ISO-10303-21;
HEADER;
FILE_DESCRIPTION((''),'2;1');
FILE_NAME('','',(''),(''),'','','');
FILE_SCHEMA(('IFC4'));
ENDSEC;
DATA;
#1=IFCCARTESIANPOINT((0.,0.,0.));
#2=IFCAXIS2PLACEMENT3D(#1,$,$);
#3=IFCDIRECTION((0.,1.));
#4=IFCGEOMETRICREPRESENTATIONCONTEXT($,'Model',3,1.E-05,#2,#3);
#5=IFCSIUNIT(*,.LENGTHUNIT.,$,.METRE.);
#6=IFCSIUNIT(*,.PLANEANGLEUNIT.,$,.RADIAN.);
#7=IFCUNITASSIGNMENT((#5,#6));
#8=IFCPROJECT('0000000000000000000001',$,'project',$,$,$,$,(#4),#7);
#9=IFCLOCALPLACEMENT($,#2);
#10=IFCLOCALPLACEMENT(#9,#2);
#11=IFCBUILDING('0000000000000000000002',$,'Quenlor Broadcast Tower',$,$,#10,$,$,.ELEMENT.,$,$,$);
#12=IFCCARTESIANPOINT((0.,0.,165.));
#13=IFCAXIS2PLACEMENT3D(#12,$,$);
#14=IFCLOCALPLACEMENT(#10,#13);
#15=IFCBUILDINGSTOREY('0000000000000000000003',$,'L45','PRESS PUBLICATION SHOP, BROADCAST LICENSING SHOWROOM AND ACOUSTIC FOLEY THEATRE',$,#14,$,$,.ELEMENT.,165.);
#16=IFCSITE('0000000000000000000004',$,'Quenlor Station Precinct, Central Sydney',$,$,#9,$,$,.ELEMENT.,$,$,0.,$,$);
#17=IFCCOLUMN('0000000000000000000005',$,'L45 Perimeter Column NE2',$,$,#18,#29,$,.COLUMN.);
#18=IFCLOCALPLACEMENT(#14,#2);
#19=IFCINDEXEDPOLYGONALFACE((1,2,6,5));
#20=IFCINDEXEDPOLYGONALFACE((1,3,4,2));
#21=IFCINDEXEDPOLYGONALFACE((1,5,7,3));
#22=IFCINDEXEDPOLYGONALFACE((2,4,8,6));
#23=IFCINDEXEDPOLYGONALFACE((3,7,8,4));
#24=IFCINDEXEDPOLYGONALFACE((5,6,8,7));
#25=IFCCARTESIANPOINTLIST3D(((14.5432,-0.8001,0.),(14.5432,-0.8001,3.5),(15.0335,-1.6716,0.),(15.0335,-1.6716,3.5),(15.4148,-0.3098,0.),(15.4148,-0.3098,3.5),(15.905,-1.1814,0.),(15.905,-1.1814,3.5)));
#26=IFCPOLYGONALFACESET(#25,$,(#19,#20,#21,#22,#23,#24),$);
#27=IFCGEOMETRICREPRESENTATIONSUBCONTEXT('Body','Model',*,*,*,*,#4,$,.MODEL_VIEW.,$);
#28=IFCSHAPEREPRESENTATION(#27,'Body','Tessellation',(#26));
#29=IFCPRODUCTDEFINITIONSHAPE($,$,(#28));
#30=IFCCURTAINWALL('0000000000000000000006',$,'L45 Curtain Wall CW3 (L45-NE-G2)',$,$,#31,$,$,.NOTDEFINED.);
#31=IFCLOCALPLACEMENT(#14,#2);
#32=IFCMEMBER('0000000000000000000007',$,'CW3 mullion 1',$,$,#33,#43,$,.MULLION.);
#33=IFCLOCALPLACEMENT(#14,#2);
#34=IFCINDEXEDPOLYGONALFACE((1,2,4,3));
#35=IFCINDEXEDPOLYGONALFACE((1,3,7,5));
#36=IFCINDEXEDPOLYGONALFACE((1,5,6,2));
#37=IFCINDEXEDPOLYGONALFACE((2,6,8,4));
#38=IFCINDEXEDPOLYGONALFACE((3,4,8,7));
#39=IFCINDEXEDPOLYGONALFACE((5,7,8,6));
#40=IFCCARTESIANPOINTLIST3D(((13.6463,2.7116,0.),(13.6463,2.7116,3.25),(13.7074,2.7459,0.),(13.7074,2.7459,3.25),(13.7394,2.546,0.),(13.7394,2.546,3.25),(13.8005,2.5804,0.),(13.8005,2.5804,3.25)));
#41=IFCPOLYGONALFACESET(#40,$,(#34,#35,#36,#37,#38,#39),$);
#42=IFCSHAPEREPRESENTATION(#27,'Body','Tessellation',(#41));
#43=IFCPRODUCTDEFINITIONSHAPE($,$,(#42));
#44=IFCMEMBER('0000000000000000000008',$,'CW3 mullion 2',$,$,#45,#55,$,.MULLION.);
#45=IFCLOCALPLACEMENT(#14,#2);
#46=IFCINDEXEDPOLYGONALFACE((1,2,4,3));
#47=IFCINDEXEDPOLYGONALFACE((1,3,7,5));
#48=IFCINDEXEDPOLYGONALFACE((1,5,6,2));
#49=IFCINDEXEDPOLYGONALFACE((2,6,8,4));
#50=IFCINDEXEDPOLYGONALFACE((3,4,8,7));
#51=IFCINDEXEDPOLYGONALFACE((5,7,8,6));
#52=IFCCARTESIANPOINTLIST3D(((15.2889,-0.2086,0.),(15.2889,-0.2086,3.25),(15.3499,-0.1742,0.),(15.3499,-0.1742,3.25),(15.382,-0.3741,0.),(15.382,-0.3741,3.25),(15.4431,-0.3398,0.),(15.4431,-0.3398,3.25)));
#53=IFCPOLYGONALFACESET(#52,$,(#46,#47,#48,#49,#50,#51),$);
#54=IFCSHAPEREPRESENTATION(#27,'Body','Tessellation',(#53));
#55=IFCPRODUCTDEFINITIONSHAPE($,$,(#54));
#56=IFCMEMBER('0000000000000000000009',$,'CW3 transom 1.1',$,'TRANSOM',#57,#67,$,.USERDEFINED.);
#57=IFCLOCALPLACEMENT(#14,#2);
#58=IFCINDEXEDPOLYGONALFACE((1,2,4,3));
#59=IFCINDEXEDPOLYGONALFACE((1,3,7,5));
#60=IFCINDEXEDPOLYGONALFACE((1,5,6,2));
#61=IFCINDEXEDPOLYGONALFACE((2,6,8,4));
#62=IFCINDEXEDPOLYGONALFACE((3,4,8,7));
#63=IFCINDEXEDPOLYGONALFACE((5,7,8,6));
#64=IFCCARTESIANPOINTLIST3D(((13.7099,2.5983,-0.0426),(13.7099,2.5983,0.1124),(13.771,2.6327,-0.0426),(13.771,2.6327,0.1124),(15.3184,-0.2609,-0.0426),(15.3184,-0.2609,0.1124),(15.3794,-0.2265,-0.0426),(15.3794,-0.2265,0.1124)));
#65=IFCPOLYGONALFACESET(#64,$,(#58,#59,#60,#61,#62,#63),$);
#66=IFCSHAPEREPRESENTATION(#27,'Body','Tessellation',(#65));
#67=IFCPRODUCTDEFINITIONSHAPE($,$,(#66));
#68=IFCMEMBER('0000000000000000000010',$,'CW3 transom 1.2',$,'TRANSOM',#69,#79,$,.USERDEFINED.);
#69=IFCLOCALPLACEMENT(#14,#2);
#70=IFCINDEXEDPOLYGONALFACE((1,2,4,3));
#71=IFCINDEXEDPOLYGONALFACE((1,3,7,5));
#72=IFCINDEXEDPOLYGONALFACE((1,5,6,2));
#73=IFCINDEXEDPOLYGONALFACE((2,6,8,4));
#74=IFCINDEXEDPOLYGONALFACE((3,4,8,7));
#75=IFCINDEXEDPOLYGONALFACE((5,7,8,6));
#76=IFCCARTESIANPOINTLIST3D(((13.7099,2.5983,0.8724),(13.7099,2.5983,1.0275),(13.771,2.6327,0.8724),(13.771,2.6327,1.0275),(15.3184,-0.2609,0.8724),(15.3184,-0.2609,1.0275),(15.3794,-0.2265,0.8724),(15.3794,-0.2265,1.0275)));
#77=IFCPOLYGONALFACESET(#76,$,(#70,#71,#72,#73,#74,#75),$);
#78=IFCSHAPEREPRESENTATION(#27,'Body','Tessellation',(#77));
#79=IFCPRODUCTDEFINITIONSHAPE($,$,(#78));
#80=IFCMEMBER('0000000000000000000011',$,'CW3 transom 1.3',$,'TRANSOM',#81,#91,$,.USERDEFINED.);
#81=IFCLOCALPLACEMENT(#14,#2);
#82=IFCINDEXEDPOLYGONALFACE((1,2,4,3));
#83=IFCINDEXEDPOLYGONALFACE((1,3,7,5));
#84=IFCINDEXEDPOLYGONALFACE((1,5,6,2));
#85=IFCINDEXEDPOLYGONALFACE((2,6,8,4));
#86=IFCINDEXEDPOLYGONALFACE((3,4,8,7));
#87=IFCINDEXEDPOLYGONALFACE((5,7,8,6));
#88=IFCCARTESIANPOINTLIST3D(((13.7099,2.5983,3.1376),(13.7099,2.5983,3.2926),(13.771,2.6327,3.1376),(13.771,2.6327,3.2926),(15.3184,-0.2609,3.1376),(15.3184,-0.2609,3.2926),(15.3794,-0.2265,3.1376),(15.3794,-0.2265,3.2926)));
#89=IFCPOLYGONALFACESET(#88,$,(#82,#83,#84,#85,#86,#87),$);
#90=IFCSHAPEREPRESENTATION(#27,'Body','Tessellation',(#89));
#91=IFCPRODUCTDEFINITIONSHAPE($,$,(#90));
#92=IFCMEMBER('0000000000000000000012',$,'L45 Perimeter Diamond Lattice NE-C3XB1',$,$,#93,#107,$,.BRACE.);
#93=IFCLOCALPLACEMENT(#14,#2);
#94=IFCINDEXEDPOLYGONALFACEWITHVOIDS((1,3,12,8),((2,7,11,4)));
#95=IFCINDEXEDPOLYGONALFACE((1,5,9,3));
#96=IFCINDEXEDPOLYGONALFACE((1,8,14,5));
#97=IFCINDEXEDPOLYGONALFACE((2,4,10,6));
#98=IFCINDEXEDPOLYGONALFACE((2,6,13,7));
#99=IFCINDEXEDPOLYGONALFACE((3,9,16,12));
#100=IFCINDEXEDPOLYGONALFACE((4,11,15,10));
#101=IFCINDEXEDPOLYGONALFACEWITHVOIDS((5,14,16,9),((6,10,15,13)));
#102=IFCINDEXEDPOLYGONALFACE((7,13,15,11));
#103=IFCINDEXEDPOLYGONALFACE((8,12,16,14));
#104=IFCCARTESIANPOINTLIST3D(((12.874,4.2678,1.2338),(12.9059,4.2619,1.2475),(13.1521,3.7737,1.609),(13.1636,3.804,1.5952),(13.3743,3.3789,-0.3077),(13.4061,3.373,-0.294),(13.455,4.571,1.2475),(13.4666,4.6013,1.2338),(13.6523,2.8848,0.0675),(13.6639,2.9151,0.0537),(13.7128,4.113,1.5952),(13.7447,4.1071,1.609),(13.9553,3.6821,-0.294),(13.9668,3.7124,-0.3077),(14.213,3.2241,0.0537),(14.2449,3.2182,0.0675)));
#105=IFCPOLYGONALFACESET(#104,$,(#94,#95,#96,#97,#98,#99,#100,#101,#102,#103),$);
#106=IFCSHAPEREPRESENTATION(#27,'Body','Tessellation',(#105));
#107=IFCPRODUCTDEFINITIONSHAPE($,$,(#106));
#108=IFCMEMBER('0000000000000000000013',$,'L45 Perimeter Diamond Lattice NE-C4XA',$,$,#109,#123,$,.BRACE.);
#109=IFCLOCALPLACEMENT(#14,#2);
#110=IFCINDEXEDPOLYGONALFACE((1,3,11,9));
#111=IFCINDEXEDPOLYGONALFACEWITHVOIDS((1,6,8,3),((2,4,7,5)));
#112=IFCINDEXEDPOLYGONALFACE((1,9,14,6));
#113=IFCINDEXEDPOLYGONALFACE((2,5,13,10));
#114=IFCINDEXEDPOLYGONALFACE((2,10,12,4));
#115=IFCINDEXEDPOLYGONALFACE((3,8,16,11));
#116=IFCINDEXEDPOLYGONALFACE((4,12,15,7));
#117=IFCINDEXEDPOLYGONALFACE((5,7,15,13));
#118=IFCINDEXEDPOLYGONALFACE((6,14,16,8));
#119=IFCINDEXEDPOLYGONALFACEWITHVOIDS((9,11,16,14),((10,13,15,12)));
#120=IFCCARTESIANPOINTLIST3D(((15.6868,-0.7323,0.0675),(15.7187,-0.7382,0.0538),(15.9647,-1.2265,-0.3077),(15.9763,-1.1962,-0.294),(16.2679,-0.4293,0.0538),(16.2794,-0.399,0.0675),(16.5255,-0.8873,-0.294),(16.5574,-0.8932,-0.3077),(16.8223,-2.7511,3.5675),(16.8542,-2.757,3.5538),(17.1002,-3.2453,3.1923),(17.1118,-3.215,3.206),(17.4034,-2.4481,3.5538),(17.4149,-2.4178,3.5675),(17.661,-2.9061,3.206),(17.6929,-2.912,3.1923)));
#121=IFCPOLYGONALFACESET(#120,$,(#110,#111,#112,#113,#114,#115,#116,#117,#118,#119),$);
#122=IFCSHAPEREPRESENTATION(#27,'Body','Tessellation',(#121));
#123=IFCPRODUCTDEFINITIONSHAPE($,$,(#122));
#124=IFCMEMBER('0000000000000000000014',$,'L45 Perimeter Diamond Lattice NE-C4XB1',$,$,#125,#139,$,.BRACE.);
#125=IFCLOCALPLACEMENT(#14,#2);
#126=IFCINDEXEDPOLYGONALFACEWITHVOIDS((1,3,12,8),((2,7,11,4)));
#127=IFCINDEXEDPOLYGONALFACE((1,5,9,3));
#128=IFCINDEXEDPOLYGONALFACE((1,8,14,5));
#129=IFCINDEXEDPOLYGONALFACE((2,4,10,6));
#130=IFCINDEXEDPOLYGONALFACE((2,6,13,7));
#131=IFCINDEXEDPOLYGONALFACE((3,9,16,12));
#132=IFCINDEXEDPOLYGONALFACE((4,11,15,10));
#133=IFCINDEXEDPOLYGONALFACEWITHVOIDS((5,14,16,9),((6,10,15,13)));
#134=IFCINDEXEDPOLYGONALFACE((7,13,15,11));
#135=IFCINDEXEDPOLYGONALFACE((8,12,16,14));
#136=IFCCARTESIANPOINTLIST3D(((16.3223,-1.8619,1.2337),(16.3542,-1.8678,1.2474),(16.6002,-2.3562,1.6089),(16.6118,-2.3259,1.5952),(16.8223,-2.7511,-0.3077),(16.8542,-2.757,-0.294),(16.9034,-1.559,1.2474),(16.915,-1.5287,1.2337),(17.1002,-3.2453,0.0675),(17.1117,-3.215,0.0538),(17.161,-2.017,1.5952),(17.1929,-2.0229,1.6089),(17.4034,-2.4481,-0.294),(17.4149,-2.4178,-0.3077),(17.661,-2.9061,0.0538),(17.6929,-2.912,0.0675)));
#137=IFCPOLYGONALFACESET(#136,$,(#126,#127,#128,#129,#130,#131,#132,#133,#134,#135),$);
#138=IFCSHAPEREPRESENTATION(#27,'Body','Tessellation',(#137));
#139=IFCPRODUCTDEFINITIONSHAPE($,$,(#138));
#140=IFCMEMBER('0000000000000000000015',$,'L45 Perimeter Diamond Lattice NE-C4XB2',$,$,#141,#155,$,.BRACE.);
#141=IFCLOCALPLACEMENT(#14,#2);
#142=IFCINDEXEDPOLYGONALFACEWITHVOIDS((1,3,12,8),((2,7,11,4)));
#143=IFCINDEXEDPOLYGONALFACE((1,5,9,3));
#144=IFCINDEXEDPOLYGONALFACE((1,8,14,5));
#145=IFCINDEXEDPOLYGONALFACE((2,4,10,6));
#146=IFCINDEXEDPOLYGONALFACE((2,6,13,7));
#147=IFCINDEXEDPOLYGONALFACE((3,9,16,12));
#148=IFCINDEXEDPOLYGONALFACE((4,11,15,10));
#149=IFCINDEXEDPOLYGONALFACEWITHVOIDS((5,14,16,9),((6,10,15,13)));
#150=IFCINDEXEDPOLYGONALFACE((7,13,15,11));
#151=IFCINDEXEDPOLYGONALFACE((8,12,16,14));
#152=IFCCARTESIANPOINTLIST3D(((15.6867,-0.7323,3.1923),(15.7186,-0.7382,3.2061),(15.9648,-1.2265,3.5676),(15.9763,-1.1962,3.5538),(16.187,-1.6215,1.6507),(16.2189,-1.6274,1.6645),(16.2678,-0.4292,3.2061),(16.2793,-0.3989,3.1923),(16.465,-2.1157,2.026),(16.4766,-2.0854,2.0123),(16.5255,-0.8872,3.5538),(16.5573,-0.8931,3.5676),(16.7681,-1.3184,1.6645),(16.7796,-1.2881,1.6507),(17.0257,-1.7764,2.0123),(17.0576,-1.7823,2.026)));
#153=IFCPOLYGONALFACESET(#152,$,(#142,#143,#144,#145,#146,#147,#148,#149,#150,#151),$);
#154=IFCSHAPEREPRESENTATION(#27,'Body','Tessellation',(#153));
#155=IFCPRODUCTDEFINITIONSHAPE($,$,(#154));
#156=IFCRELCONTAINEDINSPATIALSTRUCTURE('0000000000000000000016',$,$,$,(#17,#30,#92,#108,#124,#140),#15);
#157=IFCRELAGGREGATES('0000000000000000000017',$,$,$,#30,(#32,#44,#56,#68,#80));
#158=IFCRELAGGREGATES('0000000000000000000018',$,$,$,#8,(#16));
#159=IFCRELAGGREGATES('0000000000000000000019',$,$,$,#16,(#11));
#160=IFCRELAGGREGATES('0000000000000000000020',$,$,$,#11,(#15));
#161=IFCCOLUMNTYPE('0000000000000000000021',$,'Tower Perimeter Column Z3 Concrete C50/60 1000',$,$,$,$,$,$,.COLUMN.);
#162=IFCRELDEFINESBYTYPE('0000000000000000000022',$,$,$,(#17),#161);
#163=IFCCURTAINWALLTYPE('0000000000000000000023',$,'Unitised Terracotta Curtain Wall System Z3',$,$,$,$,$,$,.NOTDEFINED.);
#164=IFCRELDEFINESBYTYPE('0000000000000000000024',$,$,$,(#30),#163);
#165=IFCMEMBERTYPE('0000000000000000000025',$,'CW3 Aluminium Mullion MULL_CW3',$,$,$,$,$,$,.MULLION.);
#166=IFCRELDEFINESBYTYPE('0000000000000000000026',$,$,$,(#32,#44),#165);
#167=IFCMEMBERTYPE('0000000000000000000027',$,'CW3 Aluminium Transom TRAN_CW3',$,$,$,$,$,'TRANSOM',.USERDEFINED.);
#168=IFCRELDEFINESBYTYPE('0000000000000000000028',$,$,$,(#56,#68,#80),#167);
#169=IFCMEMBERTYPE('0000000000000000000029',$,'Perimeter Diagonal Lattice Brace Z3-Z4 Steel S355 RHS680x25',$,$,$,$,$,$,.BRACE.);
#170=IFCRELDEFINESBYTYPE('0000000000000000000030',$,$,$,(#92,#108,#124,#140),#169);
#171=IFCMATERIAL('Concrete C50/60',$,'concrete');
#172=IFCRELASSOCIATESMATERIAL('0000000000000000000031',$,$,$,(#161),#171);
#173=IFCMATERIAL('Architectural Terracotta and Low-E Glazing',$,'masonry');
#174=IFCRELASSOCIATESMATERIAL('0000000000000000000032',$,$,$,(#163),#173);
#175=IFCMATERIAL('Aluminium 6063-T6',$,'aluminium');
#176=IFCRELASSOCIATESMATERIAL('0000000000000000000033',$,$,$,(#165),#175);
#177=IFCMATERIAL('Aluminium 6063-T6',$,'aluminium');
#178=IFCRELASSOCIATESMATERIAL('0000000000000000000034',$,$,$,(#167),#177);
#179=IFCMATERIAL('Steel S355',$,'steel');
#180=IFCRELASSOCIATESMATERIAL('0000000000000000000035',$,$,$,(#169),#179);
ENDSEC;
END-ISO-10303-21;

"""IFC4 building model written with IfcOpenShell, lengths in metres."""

from ifc_helpers import new_model, si_unit, direction, frame, origin, origin_2d, place, context, subcontext, project, spatial, rectangle, hollow_rectangle, extrude, material, material_profile, profile_set, type_object, element, aggregate, save


model = new_model("IFC4")

# Units and contexts
model_context = context("Model", 3, precision=1e-05, world=origin(), true_north=direction((0.0, 1.0)))
body_context = subcontext(model_context, "Body", "Model", "MODEL_VIEW")
ifc_project = project(units=[si_unit("LENGTHUNIT", "METRE"), si_unit("PLANEANGLEUNIT", "RADIAN")], contexts=[model_context])

# Site, building, storey
site_placement = place(None, origin())
site = spatial("IfcSite", under=ifc_project, at=site_placement, Name="Quenlor Station Precinct, Central Sydney", CompositionType="ELEMENT", RefElevation=0.0)
building_placement = place(site_placement, origin())
building = spatial("IfcBuilding", under=site, at=building_placement, Name="Quenlor Broadcast Tower", CompositionType="ELEMENT")
storey_placement = place(building_placement, frame((0.0, 0.0, 165.0)))
storey = spatial("IfcBuildingStorey", under=building, at=storey_placement, Name="L45", Description="PRESS PUBLICATION SHOP, BROADCAST LICENSING SHOWROOM AND ACOUSTIC FOLEY THEATRE", CompositionType="ELEMENT", Elevation=165.0)

# Column
ifc_material_1 = material(Name="Concrete C50/60", Category="concrete")
ifc_material_profile_1 = material_profile(ifc_material_1, rectangle(XDim=1.0, YDim=1.0, at=origin_2d()))
ifc_profile_set_1 = profile_set([ifc_material_profile_1], Name="Concrete C50/60 RC1000x1000")
column_type = type_object("IfcColumnType", Name="Tower Perimeter Column Z3 Concrete C50/60 1000", PredefinedType="COLUMN", material=ifc_profile_set_1)
column_placement = place(storey_placement, frame((15.2241, -0.9907, 0.0), z_axis=(0.0, 0.0, 1.0), x_axis=(0.871575, 0.490262, 0.0)))
element("IfcColumn", 1, at=column_placement, inside=storey, type_object=column_type, Name="L45 Perimeter Column NE2", PredefinedType="COLUMN", context=body_context, shape_type="SweptSolid", body=[
    extrude(rectangle(XDim=1.0, YDim=1.0, at=origin_2d()), origin(), (0.0, 0.0, 1.0), 3.5),
])

# Curtain wall, members
ifc_material_2 = material(Name="Architectural Terracotta and Low-E Glazing", Category="masonry")
curtain_wall_type = type_object("IfcCurtainWallType", Name="Unitised Terracotta Curtain Wall System Z3", PredefinedType="NOTDEFINED", material=ifc_material_2)
curtain_wall_placement = place(storey_placement, origin())
curtain_wall = element("IfcCurtainWall", 2, at=curtain_wall_placement, inside=storey, type_object=curtain_wall_type, Name="L45 Curtain Wall CW3 (L45-NE-G2)", PredefinedType="NOTDEFINED")
ifc_material_3 = material(Name="Aluminium 6063-T6", Category="aluminium")
ifc_material_profile_2 = material_profile(ifc_material_3, rectangle(XDim=0.0701, YDim=0.1899, at=origin_2d()))
ifc_profile_set_2 = profile_set([ifc_material_profile_2], Name="Aluminium 6063-T6 MULL70x190")
member_type_1 = type_object("IfcMemberType", Name="CW3 Aluminium Mullion MULL_CW3", PredefinedType="MULLION", material=ifc_profile_set_2)
member_1_placement = place(storey_placement, frame((13.7234, 2.646, 0.0), z_axis=(0.0, 0.0, 1.0), x_axis=(0.871572, 0.490268, 0.0)))
member_1 = element("IfcMember", 3, at=member_1_placement, type_object=member_type_1, Name="CW3 mullion 1", PredefinedType="MULLION", context=body_context, shape_type="SweptSolid", body=[
    extrude(rectangle(XDim=0.0701, YDim=0.1899, at=origin_2d()), origin(), (0.0, 0.0, 1.0), 3.25),
])
member_2_placement = place(storey_placement, frame((15.366, -0.2742, 0.0), z_axis=(0.0, 0.0, 1.0), x_axis=(0.871572, 0.490268, 0.0)))
member_2 = element("IfcMember", 4, at=member_2_placement, type_object=member_type_1, Name="CW3 mullion 2", PredefinedType="MULLION", context=body_context, shape_type="SweptSolid", body=[
    extrude(rectangle(XDim=0.0701, YDim=0.1899, at=origin_2d()), origin(), (0.0, 0.0, 1.0), 3.25),
])
ifc_material_4 = material(Name="Aluminium 6063-T6", Category="aluminium")
ifc_material_profile_3 = material_profile(ifc_material_4, rectangle(XDim=0.0701, YDim=0.155, at=origin_2d()))
ifc_profile_set_3 = profile_set([ifc_material_profile_3], Name="Aluminium 6063-T6 TRAN70x155")
member_type_2 = type_object("IfcMemberType", Name="CW3 Aluminium Transom TRAN_CW3", ElementType="TRANSOM", PredefinedType="USERDEFINED", material=ifc_profile_set_3)
member_3_placement = place(storey_placement, frame((13.7405, 2.6155, 0.0349), z_axis=(0.490293, -0.871558, 0.0), x_axis=(0.871558, 0.490293, 0.0)))
member_3 = element("IfcMember", 5, at=member_3_placement, type_object=member_type_2, Name="CW3 transom 1.1", ObjectType="TRANSOM", PredefinedType="USERDEFINED", context=body_context, shape_type="SweptSolid", body=[
    extrude(rectangle(XDim=0.0701, YDim=0.155, at=origin_2d()), origin(), (0.0, 0.0, 1.0), 3.2805),
])
member_4_placement = place(storey_placement, frame((13.7405, 2.6155, 0.95), z_axis=(0.490293, -0.871558, 0.0), x_axis=(0.871558, 0.490293, 0.0)))
member_4 = element("IfcMember", 6, at=member_4_placement, type_object=member_type_2, Name="CW3 transom 1.2", ObjectType="TRANSOM", PredefinedType="USERDEFINED", context=body_context, shape_type="SweptSolid", body=[
    extrude(rectangle(XDim=0.0701, YDim=0.155, at=origin_2d()), origin(), (0.0, 0.0, 1.0), 3.2805),
])
member_5_placement = place(storey_placement, frame((13.7405, 2.6155, 3.2151), z_axis=(0.490293, -0.871558, 0.0), x_axis=(0.871558, 0.490293, 0.0)))
member_5 = element("IfcMember", 7, at=member_5_placement, type_object=member_type_2, Name="CW3 transom 1.3", ObjectType="TRANSOM", PredefinedType="USERDEFINED", context=body_context, shape_type="SweptSolid", body=[
    extrude(rectangle(XDim=0.0701, YDim=0.155, at=origin_2d()), origin(), (0.0, 0.0, 1.0), 3.2805),
])

# Members
ifc_material_5 = material(Name="Steel S355", Category="steel")
ifc_material_profile_4 = material_profile(ifc_material_5, hollow_rectangle(XDim=0.6799, YDim=0.6799, WallThickness=0.0249, at=origin_2d()))
ifc_profile_set_4 = profile_set([ifc_material_profile_4], Name="Steel S355 RHS680x680x25")
member_type_3 = type_object("IfcMemberType", Name="Perimeter Diagonal Lattice Brace Z3-Z4 Steel S355 RHS680x25", PredefinedType="BRACE", material=ifc_profile_set_4)
member_6_placement = place(storey_placement, frame((13.8096, 3.2986, -0.1201), z_axis=(-0.270634, 0.480906, 0.833958), x_axis=(-0.87148, -0.490432, 0.0)))
element("IfcMember", 8, at=member_6_placement, inside=storey, type_object=member_type_3, Name="L45 Perimeter Diamond Lattice NE-C3XB1", PredefinedType="BRACE", context=body_context, shape_type="SweptSolid", body=[
    extrude(hollow_rectangle(XDim=0.6799, YDim=0.6799, WallThickness=0.0249, at=origin_2d()), origin(), (0.0, 0.0, 1.0), 1.8484),
])
member_7_placement = place(storey_placement, frame((16.1221, -0.8127, -0.1201), z_axis=(0.270549, -0.481009, 0.833927), x_axis=(0.87159, 0.490236, 0.0)))
element("IfcMember", 9, at=member_7_placement, inside=storey, type_object=member_type_3, Name="L45 Perimeter Diamond Lattice NE-C4XA", PredefinedType="BRACE", context=body_context, shape_type="SweptSolid", body=[
    extrude(hollow_rectangle(XDim=0.6799, YDim=0.6799, WallThickness=0.0249, at=origin_2d()), origin(), (0.0, 0.0, 1.0), 4.197),
])
member_8_placement = place(storey_placement, frame((17.2576, -2.8315, -0.1201), z_axis=(-0.270494, 0.481025, 0.833935), x_axis=(-0.871639, -0.490148, 0.0)))
element("IfcMember", 10, at=member_8_placement, inside=storey, type_object=member_type_3, Name="L45 Perimeter Diamond Lattice NE-C4XB1", PredefinedType="BRACE", context=body_context, shape_type="SweptSolid", body=[
    extrude(hollow_rectangle(XDim=0.6799, YDim=0.6799, WallThickness=0.0249, at=origin_2d()), origin(), (0.0, 0.0, 1.0), 1.8484),
])
member_9_placement = place(storey_placement, frame((16.6223, -1.7019, 1.8384), z_axis=(-0.270616, 0.481008, 0.833905), x_axis=(-0.871537, -0.490329, 0.0)))
element("IfcMember", 11, at=member_9_placement, inside=storey, type_object=member_type_3, Name="L45 Perimeter Diamond Lattice NE-C4XB2", PredefinedType="BRACE", context=body_context, shape_type="SweptSolid", body=[
    extrude(hollow_rectangle(XDim=0.6799, YDim=0.6799, WallThickness=0.0249, at=origin_2d()), origin(), (0.0, 0.0, 1.0), 1.8486),
])

aggregate(curtain_wall, [member_1, member_2, member_3, member_4, member_5])

save(model, "model.ifc")
